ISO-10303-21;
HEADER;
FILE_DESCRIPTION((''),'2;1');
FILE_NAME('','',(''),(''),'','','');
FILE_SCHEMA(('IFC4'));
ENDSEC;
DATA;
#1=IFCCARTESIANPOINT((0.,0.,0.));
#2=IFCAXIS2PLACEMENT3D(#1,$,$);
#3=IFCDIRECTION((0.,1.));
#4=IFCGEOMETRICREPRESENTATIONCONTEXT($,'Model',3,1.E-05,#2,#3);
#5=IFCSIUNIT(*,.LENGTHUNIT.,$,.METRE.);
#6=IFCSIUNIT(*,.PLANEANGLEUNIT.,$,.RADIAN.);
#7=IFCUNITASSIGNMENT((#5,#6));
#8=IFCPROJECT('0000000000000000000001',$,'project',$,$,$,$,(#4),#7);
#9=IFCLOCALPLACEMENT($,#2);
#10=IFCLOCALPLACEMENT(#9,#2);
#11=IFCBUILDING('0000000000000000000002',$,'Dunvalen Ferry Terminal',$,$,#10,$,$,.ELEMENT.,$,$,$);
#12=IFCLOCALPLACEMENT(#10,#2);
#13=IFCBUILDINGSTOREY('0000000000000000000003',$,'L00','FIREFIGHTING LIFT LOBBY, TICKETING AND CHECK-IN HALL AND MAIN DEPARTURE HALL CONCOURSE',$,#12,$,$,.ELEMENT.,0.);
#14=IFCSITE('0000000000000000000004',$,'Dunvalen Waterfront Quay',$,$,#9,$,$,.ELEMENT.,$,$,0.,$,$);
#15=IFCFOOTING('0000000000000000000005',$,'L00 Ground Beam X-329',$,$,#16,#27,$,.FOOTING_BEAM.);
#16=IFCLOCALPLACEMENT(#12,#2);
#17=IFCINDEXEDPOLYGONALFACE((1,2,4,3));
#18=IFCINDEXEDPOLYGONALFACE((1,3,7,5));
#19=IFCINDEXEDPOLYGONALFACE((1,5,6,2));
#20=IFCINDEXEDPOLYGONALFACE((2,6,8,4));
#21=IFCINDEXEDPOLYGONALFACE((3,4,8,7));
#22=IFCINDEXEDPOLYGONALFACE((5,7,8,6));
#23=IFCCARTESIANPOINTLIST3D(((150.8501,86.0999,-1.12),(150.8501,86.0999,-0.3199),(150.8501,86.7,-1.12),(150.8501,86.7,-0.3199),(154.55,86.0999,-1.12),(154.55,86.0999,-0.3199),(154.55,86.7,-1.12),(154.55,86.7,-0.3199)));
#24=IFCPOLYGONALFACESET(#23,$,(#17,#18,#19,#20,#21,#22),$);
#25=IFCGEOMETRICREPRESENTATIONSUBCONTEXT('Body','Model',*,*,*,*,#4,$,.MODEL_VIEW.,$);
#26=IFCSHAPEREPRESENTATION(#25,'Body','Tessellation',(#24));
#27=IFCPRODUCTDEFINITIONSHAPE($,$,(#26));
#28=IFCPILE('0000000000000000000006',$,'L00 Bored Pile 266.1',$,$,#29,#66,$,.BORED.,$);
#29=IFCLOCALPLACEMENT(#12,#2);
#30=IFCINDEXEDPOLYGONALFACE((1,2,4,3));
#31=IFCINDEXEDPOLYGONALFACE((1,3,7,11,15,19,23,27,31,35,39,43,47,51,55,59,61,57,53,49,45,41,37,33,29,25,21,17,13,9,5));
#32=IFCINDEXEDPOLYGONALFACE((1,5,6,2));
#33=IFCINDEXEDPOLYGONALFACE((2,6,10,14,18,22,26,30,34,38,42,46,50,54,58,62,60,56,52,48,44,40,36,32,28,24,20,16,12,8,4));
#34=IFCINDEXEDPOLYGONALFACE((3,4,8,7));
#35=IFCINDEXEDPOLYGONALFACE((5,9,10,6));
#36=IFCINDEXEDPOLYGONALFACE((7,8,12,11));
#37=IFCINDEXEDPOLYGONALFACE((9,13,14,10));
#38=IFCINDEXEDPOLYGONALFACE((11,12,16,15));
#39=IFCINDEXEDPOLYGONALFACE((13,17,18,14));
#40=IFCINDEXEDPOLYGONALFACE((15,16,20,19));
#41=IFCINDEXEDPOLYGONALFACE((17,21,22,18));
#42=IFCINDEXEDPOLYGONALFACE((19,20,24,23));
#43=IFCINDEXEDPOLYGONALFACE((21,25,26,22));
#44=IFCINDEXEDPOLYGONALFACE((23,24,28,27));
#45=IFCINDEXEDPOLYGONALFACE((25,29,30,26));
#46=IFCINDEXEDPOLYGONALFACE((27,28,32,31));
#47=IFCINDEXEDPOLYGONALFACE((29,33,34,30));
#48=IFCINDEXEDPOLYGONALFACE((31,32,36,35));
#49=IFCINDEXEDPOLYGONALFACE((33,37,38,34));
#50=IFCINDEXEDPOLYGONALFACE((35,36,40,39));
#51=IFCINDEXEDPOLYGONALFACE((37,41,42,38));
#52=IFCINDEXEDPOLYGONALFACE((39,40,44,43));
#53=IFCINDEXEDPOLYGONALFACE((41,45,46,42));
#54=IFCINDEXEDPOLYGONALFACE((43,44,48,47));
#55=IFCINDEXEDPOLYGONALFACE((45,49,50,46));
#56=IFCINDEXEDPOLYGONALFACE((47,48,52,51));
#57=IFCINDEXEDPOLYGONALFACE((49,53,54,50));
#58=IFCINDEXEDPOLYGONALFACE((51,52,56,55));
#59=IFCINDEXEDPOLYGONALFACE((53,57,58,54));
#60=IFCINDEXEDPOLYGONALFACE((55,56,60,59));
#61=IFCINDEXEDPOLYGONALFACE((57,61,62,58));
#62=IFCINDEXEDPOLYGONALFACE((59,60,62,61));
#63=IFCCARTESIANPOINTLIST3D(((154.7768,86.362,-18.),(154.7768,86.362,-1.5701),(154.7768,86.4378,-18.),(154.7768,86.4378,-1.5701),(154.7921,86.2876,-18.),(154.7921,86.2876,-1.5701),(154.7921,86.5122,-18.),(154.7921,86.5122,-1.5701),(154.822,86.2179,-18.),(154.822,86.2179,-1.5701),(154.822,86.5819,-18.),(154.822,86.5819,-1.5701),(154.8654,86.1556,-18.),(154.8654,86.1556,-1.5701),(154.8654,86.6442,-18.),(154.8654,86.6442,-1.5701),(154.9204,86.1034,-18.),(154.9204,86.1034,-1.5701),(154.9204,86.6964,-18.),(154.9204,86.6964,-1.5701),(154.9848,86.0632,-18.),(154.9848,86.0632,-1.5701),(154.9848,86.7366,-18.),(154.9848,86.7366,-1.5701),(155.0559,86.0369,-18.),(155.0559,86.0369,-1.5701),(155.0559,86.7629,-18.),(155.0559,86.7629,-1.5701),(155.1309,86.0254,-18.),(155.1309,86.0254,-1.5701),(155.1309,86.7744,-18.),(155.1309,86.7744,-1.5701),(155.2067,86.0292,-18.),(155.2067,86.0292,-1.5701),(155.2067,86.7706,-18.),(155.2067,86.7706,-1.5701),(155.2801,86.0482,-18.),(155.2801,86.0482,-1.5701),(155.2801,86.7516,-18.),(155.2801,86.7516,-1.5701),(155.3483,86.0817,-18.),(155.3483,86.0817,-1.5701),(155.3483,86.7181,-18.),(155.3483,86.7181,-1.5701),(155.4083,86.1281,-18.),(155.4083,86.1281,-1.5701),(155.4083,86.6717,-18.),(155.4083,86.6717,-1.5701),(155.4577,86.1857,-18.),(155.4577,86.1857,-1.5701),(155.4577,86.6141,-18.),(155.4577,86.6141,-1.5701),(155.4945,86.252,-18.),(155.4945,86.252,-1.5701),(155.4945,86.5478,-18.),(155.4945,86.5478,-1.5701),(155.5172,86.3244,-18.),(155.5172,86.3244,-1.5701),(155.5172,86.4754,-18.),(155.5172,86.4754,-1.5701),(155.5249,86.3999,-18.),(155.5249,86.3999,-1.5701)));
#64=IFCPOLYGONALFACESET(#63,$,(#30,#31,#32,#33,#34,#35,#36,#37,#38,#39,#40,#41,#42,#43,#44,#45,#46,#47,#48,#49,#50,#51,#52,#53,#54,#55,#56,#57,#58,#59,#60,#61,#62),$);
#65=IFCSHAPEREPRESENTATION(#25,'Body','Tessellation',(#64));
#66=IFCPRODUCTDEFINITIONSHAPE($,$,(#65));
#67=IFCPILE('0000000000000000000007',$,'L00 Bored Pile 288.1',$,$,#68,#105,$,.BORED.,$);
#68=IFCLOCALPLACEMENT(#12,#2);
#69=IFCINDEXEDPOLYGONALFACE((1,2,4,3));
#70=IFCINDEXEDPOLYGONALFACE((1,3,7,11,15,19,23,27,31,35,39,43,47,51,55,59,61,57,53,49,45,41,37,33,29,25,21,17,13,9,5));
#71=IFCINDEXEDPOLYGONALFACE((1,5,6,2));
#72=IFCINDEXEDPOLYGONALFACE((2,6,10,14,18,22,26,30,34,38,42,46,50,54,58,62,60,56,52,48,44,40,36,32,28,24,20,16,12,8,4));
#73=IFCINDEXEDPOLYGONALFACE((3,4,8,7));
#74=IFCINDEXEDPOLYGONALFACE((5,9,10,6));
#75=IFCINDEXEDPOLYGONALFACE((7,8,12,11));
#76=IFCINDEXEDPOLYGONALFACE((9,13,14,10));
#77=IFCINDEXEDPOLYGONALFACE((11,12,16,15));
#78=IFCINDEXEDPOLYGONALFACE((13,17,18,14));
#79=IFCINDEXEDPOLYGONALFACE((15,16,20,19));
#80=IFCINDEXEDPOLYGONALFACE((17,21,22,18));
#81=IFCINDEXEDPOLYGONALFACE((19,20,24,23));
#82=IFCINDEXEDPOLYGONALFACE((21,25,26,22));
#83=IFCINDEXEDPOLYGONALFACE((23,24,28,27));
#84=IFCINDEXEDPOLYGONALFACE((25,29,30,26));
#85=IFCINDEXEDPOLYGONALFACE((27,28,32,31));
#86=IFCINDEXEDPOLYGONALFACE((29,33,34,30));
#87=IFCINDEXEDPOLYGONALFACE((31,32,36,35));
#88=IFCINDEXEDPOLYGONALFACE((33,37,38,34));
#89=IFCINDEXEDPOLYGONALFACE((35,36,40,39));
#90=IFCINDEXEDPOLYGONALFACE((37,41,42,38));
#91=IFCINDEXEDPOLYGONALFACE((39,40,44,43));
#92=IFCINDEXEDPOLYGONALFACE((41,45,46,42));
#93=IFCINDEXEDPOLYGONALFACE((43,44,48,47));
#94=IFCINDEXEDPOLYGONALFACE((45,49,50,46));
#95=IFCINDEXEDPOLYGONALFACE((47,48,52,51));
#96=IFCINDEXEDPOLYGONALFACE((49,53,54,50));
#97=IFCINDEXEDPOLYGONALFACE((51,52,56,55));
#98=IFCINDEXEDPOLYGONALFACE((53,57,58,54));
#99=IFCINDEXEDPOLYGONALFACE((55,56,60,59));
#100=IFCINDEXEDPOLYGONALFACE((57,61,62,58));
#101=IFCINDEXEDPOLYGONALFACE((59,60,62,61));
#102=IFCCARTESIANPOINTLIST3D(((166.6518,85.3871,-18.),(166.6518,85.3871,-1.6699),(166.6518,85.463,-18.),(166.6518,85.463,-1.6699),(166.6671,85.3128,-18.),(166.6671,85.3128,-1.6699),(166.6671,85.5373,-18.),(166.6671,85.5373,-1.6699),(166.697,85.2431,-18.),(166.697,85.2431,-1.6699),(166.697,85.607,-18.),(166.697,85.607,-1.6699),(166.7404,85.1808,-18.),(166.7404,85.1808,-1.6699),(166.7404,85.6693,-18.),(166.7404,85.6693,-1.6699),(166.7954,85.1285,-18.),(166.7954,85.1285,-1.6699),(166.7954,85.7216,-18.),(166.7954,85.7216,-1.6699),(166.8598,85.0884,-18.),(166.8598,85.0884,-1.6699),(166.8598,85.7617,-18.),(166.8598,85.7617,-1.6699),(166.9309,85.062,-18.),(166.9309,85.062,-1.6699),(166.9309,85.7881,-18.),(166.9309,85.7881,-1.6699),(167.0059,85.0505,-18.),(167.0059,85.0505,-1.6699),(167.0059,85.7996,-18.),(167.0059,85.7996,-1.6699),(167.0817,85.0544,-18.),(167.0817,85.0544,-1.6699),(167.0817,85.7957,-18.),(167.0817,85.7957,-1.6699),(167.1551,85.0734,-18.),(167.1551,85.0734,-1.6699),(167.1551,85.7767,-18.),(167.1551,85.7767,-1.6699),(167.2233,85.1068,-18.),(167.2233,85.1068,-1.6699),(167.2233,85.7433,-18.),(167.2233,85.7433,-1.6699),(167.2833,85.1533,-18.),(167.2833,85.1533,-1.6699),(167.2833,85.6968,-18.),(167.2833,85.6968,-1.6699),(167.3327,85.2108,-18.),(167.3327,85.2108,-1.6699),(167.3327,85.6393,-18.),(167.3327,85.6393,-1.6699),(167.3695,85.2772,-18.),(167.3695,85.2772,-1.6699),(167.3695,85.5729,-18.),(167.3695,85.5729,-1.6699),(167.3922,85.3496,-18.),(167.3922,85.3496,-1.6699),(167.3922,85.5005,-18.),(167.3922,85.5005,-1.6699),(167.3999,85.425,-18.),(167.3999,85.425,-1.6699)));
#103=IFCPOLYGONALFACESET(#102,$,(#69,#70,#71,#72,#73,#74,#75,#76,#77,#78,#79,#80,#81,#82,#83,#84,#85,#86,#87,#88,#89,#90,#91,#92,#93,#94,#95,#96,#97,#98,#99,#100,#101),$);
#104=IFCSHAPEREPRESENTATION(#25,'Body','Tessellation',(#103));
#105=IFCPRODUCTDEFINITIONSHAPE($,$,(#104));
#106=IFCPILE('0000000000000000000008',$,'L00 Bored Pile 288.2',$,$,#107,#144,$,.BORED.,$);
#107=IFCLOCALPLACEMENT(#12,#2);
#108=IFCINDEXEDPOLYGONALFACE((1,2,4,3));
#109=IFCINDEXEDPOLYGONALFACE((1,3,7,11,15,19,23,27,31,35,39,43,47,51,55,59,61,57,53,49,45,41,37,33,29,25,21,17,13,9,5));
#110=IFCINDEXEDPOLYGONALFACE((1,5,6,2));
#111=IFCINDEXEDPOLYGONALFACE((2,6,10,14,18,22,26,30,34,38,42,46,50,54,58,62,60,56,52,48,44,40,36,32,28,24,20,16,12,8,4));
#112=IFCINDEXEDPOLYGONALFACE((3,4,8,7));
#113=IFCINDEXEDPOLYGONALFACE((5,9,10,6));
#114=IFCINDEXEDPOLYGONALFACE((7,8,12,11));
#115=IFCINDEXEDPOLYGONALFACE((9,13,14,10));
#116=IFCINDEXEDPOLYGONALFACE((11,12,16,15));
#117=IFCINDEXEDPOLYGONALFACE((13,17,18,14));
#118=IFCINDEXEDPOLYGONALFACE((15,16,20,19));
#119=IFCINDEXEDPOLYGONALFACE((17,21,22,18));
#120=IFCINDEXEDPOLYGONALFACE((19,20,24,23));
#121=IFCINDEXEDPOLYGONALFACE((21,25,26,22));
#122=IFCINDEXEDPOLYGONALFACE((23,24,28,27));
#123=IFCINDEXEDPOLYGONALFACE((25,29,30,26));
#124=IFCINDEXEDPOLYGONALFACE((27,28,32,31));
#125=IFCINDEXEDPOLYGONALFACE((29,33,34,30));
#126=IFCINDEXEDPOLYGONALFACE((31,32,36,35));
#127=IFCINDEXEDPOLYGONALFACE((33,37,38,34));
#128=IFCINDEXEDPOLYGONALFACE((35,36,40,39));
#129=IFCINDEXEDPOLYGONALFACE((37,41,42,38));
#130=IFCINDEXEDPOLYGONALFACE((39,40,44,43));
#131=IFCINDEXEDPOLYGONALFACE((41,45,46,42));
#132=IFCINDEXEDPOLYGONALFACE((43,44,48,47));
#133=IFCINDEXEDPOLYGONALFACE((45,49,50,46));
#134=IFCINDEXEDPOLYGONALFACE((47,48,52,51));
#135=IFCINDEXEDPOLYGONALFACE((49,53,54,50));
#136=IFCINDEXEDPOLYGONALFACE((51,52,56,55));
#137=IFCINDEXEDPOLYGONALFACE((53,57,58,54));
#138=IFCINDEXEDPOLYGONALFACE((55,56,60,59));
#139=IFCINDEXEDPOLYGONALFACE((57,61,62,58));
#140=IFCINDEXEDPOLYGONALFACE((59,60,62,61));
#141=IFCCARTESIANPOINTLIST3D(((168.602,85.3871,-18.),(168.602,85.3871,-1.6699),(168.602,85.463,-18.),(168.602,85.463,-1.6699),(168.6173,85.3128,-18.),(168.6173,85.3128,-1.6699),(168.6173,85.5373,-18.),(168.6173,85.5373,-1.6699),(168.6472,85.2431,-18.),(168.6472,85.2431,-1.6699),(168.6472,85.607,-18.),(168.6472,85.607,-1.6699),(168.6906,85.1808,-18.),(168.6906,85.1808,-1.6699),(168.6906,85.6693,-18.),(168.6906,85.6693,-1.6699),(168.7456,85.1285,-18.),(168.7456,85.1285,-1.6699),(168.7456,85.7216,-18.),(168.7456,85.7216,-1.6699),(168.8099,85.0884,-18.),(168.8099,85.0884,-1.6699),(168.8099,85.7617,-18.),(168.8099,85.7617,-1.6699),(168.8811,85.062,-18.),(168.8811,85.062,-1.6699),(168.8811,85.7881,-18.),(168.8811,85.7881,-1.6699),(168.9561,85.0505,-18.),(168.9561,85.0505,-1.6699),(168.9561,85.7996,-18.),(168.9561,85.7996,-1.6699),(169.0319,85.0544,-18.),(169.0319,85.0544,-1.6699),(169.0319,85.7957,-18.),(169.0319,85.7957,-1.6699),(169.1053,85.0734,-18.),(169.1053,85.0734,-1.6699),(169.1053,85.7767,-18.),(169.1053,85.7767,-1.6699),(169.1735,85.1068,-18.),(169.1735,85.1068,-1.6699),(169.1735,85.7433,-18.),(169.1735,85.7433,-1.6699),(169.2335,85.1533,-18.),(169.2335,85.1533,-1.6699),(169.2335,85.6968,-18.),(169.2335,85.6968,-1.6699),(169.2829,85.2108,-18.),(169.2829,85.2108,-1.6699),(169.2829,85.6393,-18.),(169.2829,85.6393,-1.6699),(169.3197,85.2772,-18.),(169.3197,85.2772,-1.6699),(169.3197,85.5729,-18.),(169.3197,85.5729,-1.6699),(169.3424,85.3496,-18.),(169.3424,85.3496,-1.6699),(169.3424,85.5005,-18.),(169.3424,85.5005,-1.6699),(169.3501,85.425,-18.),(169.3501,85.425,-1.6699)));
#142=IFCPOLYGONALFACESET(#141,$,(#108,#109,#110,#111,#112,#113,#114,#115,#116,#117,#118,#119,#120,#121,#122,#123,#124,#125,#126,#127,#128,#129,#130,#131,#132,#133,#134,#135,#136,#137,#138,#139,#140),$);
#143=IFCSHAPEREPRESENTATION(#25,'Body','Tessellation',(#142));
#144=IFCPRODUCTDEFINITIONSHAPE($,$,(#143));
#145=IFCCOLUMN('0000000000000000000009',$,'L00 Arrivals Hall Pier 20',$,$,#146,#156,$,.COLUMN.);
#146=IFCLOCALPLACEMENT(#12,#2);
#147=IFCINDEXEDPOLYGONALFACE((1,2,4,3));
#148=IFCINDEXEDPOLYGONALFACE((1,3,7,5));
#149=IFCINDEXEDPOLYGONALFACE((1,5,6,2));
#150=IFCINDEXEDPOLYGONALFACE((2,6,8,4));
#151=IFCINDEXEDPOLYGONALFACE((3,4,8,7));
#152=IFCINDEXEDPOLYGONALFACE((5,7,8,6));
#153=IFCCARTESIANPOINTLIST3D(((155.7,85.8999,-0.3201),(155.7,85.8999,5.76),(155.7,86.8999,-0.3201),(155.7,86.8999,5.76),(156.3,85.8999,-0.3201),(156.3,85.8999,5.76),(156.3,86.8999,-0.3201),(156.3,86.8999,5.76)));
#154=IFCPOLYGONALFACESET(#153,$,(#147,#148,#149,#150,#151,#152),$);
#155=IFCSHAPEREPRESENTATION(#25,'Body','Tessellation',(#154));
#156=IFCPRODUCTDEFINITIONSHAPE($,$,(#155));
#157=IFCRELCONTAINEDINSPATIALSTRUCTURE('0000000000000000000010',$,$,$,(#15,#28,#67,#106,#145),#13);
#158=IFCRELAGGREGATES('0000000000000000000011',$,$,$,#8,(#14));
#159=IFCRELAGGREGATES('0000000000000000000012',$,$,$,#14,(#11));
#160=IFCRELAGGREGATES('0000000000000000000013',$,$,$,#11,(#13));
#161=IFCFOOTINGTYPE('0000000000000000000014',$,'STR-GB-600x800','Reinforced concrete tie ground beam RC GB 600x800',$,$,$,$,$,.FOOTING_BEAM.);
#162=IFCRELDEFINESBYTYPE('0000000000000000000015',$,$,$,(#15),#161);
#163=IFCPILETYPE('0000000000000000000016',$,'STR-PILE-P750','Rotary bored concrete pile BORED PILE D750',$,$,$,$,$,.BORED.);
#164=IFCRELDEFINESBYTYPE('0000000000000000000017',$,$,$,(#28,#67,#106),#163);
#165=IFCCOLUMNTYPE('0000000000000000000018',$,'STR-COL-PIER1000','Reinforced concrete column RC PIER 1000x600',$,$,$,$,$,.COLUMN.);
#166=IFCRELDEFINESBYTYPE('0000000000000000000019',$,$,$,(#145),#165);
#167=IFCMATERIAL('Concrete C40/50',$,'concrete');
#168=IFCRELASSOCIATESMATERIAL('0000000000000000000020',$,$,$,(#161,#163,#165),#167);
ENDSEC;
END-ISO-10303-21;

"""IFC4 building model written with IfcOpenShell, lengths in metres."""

from ifc_helpers import new_model, si_unit, direction, frame, origin, origin_2d, place, context, subcontext, project, spatial, rectangle, circle, extrude, material, material_profile, profile_set, type_object, element, save


model = new_model("IFC4")

# Units and contexts
model_context = context("Model", 3, precision=1e-05, world=origin(), true_north=direction((0.0, 1.0)))
body_context = subcontext(model_context, "Body", "Model", "MODEL_VIEW")
ifc_project = project(units=[si_unit("LENGTHUNIT", "METRE"), si_unit("PLANEANGLEUNIT", "RADIAN")], contexts=[model_context])

# Site, building, storey
site_placement = place(None, origin())
site = spatial("IfcSite", under=ifc_project, at=site_placement, Name="Dunvalen Waterfront Quay", CompositionType="ELEMENT", RefElevation=0.0)
building_placement = place(site_placement, origin())
building = spatial("IfcBuilding", under=site, at=building_placement, Name="Dunvalen Ferry Terminal", CompositionType="ELEMENT")
storey_placement = place(building_placement, origin())
storey = spatial("IfcBuildingStorey", under=building, at=storey_placement, Name="L00", Description="FIREFIGHTING LIFT LOBBY, TICKETING AND CHECK-IN HALL AND MAIN DEPARTURE HALL CONCOURSE", CompositionType="ELEMENT", Elevation=0.0)

# Footing
ifc_material_1 = material(Name="Concrete C40/50", Category="concrete")
ifc_material_profile_1 = material_profile(ifc_material_1, rectangle(XDim=0.6001, YDim=0.8, at=origin_2d()), Name="Concrete C40/50")
ifc_profile_set_1 = profile_set([ifc_material_profile_1], Name="Concrete C40/50")
footing_type = type_object("IfcFootingType", Name="STR-GB-600x800", Description="Reinforced concrete tie ground beam RC GB 600x800", PredefinedType="FOOTING_BEAM", material=ifc_profile_set_1)
footing_placement = place(storey_placement, frame((150.8501, 86.3999, -0.72), z_axis=(1.0, 0.0, 0.0), x_axis=(0.0, 1.0, 0.0)))
element("IfcFooting", 1, at=footing_placement, inside=storey, type_object=footing_type, Name="L00 Ground Beam X-329", PredefinedType="FOOTING_BEAM", context=body_context, shape_type="SweptSolid", body=[
    extrude(rectangle(XDim=0.6001, YDim=0.8, at=origin_2d()), origin(), (0.0, 0.0, 1.0), 3.7),
])

# Piles
ifc_material_profile_2 = material_profile(ifc_material_1, circle(Radius=0.375, at=origin_2d()), Name="Concrete C40/50")
ifc_profile_set_2 = profile_set([ifc_material_profile_2], Name="Concrete C40/50")
pile_type = type_object("IfcPileType", Name="STR-PILE-P750", Description="Rotary bored concrete pile BORED PILE D750", PredefinedType="BORED", material=ifc_profile_set_2)
pile_placement = place(storey_placement, frame((155.1499, 86.3999, -1.5701), z_axis=(0.0, 0.0, -1.0), x_axis=(1.0, 0.0, 0.0)))
element("IfcPile", 2, at=pile_placement, inside=storey, type_object=pile_type, Name="L00 Bored Pile 266.1", PredefinedType="BORED", context=body_context, shape_type="SweptSolid", body=[
    extrude(circle(Radius=0.375, at=origin_2d()), origin(), (0.0, 0.0, 1.0), 16.4299),
])
for number, where, z_axis, x_axis, name in (
    (3, (167.0249, 85.425, -1.6699), (0.0, 0.0, -1.0), (1.0, 0.0, 0.0), "L00 Bored Pile 288.1"),
    (4, (168.9751, 85.425, -1.6699), (0.0, 0.0, -1.0), (1.0, 0.0, 0.0), "L00 Bored Pile 288.2"),
):
    element("IfcPile", number, at=place(storey_placement, frame(where, z_axis=z_axis, x_axis=x_axis)), inside=storey, type_object=pile_type, Name=name, PredefinedType="BORED", context=body_context, shape_type="SweptSolid", body=[
        extrude(circle(Radius=0.375, at=origin_2d()), origin(), (0.0, 0.0, 1.0), 16.3301),
    ])

# Column
ifc_material_profile_3 = material_profile(ifc_material_1, rectangle(XDim=0.6001, YDim=1.0, at=origin_2d()), Name="Concrete C40/50")
ifc_profile_set_3 = profile_set([ifc_material_profile_3], Name="Concrete C40/50")
column_type = type_object("IfcColumnType", Name="STR-COL-PIER1000", Description="Reinforced concrete column RC PIER 1000x600", PredefinedType="COLUMN", material=ifc_profile_set_3)
column_placement = place(storey_placement, frame((156.0, 86.3999, -0.3201), z_axis=(0.0, 0.0, 1.0), x_axis=(1.0, 0.0, 0.0)))
element("IfcColumn", 5, at=column_placement, inside=storey, type_object=column_type, Name="L00 Arrivals Hall Pier 20", PredefinedType="COLUMN", context=body_context, shape_type="SweptSolid", body=[
    extrude(rectangle(XDim=0.6001, YDim=1.0, at=origin_2d()), origin(), (0.0, 0.0, 1.0), 6.0801),
])

save(model, "model.ifc")
